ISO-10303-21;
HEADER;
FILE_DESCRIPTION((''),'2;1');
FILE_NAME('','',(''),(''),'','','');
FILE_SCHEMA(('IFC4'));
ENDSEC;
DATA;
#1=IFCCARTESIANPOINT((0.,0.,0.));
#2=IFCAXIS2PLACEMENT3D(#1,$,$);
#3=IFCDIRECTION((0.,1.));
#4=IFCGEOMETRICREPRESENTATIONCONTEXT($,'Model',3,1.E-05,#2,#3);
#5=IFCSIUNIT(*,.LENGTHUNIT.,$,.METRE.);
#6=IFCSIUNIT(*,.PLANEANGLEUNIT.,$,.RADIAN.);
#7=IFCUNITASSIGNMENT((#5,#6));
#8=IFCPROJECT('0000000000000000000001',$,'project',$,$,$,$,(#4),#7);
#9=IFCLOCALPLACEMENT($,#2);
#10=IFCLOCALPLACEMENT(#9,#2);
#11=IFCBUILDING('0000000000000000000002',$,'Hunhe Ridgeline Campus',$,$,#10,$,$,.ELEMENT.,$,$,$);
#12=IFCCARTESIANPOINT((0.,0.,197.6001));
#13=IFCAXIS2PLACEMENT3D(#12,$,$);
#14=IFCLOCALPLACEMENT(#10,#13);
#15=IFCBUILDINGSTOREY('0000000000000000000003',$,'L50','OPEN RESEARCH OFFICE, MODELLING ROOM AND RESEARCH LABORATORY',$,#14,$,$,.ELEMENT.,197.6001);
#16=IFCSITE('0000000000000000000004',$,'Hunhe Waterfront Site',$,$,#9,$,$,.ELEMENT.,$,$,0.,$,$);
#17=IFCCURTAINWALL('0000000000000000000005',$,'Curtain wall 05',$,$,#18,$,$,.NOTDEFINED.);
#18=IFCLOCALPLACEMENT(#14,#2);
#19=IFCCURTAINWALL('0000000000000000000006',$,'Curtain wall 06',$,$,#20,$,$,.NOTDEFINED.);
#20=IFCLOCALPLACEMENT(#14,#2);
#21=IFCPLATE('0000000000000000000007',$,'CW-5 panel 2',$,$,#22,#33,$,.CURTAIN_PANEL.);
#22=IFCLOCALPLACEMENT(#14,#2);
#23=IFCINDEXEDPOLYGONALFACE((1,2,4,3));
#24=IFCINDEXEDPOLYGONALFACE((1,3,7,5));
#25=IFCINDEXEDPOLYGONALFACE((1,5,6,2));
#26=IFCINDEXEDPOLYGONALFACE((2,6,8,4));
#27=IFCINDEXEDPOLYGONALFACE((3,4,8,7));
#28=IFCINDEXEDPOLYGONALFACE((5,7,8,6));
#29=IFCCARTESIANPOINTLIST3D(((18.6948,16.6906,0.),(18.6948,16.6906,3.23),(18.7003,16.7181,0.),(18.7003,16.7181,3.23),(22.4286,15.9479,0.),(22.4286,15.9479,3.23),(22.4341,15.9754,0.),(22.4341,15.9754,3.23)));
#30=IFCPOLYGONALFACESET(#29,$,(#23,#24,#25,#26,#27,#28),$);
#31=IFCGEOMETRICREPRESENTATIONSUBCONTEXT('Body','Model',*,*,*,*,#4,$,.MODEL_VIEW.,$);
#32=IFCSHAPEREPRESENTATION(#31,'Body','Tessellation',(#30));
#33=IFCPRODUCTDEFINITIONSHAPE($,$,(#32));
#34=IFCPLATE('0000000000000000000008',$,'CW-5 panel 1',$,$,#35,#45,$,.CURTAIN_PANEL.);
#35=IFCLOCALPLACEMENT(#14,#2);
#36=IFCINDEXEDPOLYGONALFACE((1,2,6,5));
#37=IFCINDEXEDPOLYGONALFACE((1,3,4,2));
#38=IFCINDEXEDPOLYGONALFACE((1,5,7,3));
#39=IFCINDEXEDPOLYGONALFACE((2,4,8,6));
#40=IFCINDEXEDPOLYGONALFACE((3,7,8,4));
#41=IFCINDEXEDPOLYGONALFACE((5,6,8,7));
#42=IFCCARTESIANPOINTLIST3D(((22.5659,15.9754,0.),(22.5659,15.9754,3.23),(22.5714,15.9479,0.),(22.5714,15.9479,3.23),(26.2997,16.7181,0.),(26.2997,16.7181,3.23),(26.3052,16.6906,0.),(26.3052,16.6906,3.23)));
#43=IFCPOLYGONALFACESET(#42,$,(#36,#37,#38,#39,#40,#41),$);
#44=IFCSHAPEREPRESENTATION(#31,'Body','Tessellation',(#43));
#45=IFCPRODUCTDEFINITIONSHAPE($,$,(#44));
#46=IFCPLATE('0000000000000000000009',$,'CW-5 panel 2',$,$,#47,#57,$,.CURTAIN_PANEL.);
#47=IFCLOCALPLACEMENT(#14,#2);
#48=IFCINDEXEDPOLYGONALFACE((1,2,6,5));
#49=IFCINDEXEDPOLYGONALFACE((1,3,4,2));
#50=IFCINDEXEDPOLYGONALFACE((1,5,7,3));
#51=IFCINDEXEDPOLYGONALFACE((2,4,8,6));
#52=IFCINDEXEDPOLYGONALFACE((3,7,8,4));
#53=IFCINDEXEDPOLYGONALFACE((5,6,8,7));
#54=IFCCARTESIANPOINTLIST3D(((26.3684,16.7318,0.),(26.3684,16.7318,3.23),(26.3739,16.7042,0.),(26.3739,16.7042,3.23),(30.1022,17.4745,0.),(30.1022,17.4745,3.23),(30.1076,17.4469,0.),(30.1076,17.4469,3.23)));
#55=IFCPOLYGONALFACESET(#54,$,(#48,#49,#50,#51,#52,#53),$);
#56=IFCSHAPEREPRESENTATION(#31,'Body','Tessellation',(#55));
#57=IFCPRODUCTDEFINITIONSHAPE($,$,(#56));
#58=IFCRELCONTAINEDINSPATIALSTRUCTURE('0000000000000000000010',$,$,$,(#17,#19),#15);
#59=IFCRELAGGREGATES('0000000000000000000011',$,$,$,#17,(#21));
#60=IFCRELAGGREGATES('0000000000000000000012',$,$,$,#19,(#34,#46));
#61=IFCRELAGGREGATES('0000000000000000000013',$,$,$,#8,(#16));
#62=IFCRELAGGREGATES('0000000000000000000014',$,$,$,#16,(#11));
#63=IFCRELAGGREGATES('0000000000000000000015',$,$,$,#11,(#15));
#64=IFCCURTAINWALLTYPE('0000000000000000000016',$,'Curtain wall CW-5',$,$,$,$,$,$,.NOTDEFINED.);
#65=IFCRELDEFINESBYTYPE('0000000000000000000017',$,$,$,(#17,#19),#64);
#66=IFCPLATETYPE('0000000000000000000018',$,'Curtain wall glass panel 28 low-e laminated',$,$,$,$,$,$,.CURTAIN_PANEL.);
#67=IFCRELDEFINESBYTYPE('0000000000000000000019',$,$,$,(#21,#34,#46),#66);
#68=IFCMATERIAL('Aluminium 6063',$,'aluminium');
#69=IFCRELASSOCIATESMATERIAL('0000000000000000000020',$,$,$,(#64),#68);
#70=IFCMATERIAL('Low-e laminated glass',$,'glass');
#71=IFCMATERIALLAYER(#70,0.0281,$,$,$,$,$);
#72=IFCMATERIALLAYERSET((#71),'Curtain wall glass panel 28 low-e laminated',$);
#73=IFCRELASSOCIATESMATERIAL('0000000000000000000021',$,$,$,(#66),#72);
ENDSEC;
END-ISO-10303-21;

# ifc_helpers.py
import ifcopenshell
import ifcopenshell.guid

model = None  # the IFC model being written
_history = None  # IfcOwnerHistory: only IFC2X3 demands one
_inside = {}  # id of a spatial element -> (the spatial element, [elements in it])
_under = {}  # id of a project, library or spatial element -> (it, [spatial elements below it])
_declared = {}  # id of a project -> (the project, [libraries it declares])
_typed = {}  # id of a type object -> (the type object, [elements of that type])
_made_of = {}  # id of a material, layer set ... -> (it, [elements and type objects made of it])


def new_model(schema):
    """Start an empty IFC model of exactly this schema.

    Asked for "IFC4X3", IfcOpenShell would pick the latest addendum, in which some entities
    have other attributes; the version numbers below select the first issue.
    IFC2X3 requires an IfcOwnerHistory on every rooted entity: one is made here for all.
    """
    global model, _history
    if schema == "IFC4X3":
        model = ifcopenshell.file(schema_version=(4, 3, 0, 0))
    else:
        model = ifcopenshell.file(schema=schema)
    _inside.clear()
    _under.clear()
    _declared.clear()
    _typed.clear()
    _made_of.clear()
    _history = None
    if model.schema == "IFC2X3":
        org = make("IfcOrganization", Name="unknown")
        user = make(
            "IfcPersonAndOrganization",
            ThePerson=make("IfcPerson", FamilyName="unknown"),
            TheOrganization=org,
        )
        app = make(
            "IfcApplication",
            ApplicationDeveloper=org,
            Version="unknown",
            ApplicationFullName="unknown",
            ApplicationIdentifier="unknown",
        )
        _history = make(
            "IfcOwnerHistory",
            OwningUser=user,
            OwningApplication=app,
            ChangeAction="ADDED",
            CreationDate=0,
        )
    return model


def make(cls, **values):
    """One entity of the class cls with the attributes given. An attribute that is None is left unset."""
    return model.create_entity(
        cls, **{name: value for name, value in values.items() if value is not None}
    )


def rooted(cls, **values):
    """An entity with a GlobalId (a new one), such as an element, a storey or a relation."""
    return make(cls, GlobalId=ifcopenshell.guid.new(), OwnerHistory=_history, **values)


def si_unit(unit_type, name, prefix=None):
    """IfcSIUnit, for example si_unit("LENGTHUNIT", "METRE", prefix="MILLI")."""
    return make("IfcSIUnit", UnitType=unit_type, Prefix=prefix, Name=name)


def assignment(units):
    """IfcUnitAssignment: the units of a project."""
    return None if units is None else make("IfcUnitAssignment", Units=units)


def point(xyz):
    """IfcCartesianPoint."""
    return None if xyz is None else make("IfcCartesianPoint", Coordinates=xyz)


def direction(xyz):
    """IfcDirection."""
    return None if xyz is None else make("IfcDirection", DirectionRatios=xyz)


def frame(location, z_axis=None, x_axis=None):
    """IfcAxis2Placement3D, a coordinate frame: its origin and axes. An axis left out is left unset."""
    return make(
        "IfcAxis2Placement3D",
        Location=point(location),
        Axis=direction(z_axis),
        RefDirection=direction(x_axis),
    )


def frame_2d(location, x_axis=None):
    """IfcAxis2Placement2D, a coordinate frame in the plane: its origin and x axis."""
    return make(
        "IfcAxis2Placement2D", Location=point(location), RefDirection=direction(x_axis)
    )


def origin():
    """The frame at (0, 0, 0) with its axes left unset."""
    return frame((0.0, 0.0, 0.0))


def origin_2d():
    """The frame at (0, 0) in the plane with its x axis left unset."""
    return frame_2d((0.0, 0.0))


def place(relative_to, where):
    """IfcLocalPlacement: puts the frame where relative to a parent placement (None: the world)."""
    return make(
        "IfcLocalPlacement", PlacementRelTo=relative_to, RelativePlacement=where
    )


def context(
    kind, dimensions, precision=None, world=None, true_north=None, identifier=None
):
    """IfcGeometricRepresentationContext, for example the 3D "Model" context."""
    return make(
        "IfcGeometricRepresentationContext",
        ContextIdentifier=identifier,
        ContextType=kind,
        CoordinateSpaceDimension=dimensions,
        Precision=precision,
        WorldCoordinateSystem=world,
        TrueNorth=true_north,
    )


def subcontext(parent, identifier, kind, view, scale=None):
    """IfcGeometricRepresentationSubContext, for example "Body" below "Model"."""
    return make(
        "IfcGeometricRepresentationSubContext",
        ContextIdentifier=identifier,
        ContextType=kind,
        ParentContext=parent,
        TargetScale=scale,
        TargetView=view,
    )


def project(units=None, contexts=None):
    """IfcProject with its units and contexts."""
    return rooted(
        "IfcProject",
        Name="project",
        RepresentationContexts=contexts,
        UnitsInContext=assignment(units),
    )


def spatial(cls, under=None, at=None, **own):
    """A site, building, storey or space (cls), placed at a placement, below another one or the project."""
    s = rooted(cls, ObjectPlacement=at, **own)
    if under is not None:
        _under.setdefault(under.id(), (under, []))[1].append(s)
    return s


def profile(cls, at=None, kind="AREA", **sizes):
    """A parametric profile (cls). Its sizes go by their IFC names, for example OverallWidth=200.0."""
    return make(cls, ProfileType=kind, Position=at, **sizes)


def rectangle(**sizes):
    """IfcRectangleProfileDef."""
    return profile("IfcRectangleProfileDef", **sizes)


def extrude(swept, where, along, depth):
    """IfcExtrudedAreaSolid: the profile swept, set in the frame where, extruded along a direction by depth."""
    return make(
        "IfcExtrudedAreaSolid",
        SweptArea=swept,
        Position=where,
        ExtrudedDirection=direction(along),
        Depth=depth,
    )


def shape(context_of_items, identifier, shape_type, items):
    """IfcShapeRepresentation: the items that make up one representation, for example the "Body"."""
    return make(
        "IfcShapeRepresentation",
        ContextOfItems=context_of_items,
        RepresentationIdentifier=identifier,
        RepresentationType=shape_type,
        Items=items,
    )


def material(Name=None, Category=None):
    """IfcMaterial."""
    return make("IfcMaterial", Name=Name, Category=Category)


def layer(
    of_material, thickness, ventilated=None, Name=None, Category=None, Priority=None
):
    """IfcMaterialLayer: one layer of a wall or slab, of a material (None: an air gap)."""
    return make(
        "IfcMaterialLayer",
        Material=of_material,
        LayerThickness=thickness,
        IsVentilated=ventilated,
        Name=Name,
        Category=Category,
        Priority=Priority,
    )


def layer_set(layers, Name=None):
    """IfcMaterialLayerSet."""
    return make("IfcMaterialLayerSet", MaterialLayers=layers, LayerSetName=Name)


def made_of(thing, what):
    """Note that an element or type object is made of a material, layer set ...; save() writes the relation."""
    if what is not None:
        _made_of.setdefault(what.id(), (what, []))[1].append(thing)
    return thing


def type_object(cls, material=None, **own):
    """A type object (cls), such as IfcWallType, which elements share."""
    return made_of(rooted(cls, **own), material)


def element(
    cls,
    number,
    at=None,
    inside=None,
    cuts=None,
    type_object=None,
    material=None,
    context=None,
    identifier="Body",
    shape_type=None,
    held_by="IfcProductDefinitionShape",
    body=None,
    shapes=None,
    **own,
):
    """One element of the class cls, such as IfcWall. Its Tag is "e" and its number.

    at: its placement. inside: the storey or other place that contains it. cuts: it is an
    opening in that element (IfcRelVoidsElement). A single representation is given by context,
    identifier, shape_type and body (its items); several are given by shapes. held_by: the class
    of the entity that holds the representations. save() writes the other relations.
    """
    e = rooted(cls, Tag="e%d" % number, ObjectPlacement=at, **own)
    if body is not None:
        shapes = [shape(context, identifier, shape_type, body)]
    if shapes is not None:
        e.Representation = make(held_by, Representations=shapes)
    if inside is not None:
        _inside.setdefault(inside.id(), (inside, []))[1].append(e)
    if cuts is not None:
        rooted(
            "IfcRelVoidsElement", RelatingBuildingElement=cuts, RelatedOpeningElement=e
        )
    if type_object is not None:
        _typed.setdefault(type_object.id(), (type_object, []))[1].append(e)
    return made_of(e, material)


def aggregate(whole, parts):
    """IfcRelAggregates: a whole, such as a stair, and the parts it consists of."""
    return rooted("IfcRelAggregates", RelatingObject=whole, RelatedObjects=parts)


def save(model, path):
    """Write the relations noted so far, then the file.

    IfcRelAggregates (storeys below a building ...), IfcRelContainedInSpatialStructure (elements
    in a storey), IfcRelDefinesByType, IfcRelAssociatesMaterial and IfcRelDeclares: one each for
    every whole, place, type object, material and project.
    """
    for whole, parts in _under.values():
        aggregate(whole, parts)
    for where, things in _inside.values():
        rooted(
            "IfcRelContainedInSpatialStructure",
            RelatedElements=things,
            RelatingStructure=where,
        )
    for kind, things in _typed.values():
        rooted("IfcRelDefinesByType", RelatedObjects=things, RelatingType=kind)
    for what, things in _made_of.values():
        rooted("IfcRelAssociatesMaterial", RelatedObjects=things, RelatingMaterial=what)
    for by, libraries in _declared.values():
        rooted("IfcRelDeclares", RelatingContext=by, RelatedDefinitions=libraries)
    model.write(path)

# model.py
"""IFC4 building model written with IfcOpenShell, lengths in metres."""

from ifc_helpers import new_model, si_unit, direction, frame, origin, origin_2d, place, context, subcontext, project, spatial, rectangle, extrude, material, layer, layer_set, type_object, element, aggregate, save


model = new_model("IFC4")

# Units and contexts
model_context = context("Model", 3, precision=1e-05, world=origin(), true_north=direction((0.0, 1.0)))
body_context = subcontext(model_context, "Body", "Model", "MODEL_VIEW")
ifc_project = project(units=[si_unit("LENGTHUNIT", "METRE"), si_unit("PLANEANGLEUNIT", "RADIAN")], contexts=[model_context])

# Site, building, storey
site_placement = place(None, origin())
site = spatial("IfcSite", under=ifc_project, at=site_placement, Name="Hunhe Waterfront Site", CompositionType="ELEMENT", RefElevation=0.0)
building_placement = place(site_placement, origin())
building = spatial("IfcBuilding", under=site, at=building_placement, Name="Hunhe Ridgeline Campus", CompositionType="ELEMENT")
storey_placement = place(building_placement, frame((0.0, 0.0, 197.6001)))
storey = spatial("IfcBuildingStorey", under=building, at=storey_placement, Name="L50", Description="OPEN RESEARCH OFFICE, MODELLING ROOM AND RESEARCH LABORATORY", CompositionType="ELEMENT", Elevation=197.6001)

# Shared definitions
ifc_material_1 = material(Name="Aluminium 6063", Category="aluminium")
curtain_wall_type = type_object("IfcCurtainWallType", Name="Curtain wall CW-5", PredefinedType="NOTDEFINED", material=ifc_material_1)

# Curtain walls
curtain_wall_1_placement = place(storey_placement, origin())
curtain_wall_1 = element("IfcCurtainWall", 1, at=curtain_wall_1_placement, inside=storey, type_object=curtain_wall_type, Name="Curtain wall 05", PredefinedType="NOTDEFINED")
curtain_wall_2_placement = place(storey_placement, origin())
curtain_wall_2 = element("IfcCurtainWall", 2, at=curtain_wall_2_placement, inside=storey, type_object=curtain_wall_type, Name="Curtain wall 06", PredefinedType="NOTDEFINED")

# Plates
ifc_material_2 = material(Name="Low-e laminated glass", Category="glass")
ifc_layer_1 = layer(ifc_material_2, 0.0281)
ifc_layer_set_1 = layer_set([ifc_layer_1], Name="Curtain wall glass panel 28 low-e laminated")
plate_type = type_object("IfcPlateType", Name="Curtain wall glass panel 28 low-e laminated", PredefinedType="CURTAIN_PANEL", material=ifc_layer_set_1)
plate_1_placement = place(storey_placement, frame((20.5645, 16.333, 0.0), z_axis=(0.0, 0.0, 1.0), x_axis=(0.980785, -0.19509, 0.0)))
plate_1 = element("IfcPlate", 3, at=plate_1_placement, type_object=plate_type, Name="CW-5 panel 2", PredefinedType="CURTAIN_PANEL", context=body_context, shape_type="SweptSolid", body=[
    extrude(rectangle(XDim=3.8069, YDim=0.0281, at=origin_2d()), origin(), (0.0, 0.0, 1.0), 3.23),
])
aggregate(curtain_wall_1, [plate_1])
plate_2_placement = place(storey_placement, frame((24.4355, 16.333, 0.0), z_axis=(0.0, 0.0, 1.0), x_axis=(0.980785, 0.19509, 0.0)))
plate_2 = element("IfcPlate", 4, at=plate_2_placement, type_object=plate_type, Name="CW-5 panel 1", PredefinedType="CURTAIN_PANEL", context=body_context, shape_type="SweptSolid", body=[
    extrude(rectangle(XDim=3.8069, YDim=0.0281, at=origin_2d()), origin(), (0.0, 0.0, 1.0), 3.23),
])
plate_3_placement = place(storey_placement, frame((28.238, 17.0894, 0.0), z_axis=(0.0, 0.0, 1.0), x_axis=(0.980785, 0.19509, 0.0)))
plate_3 = element("IfcPlate", 5, at=plate_3_placement, type_object=plate_type, Name="CW-5 panel 2", PredefinedType="CURTAIN_PANEL", context=body_context, shape_type="SweptSolid", body=[
    extrude(rectangle(XDim=3.8069, YDim=0.0281, at=origin_2d()), origin(), (0.0, 0.0, 1.0), 3.23),
])
aggregate(curtain_wall_2, [plate_2, plate_3])

save(model, "model.ifc")
